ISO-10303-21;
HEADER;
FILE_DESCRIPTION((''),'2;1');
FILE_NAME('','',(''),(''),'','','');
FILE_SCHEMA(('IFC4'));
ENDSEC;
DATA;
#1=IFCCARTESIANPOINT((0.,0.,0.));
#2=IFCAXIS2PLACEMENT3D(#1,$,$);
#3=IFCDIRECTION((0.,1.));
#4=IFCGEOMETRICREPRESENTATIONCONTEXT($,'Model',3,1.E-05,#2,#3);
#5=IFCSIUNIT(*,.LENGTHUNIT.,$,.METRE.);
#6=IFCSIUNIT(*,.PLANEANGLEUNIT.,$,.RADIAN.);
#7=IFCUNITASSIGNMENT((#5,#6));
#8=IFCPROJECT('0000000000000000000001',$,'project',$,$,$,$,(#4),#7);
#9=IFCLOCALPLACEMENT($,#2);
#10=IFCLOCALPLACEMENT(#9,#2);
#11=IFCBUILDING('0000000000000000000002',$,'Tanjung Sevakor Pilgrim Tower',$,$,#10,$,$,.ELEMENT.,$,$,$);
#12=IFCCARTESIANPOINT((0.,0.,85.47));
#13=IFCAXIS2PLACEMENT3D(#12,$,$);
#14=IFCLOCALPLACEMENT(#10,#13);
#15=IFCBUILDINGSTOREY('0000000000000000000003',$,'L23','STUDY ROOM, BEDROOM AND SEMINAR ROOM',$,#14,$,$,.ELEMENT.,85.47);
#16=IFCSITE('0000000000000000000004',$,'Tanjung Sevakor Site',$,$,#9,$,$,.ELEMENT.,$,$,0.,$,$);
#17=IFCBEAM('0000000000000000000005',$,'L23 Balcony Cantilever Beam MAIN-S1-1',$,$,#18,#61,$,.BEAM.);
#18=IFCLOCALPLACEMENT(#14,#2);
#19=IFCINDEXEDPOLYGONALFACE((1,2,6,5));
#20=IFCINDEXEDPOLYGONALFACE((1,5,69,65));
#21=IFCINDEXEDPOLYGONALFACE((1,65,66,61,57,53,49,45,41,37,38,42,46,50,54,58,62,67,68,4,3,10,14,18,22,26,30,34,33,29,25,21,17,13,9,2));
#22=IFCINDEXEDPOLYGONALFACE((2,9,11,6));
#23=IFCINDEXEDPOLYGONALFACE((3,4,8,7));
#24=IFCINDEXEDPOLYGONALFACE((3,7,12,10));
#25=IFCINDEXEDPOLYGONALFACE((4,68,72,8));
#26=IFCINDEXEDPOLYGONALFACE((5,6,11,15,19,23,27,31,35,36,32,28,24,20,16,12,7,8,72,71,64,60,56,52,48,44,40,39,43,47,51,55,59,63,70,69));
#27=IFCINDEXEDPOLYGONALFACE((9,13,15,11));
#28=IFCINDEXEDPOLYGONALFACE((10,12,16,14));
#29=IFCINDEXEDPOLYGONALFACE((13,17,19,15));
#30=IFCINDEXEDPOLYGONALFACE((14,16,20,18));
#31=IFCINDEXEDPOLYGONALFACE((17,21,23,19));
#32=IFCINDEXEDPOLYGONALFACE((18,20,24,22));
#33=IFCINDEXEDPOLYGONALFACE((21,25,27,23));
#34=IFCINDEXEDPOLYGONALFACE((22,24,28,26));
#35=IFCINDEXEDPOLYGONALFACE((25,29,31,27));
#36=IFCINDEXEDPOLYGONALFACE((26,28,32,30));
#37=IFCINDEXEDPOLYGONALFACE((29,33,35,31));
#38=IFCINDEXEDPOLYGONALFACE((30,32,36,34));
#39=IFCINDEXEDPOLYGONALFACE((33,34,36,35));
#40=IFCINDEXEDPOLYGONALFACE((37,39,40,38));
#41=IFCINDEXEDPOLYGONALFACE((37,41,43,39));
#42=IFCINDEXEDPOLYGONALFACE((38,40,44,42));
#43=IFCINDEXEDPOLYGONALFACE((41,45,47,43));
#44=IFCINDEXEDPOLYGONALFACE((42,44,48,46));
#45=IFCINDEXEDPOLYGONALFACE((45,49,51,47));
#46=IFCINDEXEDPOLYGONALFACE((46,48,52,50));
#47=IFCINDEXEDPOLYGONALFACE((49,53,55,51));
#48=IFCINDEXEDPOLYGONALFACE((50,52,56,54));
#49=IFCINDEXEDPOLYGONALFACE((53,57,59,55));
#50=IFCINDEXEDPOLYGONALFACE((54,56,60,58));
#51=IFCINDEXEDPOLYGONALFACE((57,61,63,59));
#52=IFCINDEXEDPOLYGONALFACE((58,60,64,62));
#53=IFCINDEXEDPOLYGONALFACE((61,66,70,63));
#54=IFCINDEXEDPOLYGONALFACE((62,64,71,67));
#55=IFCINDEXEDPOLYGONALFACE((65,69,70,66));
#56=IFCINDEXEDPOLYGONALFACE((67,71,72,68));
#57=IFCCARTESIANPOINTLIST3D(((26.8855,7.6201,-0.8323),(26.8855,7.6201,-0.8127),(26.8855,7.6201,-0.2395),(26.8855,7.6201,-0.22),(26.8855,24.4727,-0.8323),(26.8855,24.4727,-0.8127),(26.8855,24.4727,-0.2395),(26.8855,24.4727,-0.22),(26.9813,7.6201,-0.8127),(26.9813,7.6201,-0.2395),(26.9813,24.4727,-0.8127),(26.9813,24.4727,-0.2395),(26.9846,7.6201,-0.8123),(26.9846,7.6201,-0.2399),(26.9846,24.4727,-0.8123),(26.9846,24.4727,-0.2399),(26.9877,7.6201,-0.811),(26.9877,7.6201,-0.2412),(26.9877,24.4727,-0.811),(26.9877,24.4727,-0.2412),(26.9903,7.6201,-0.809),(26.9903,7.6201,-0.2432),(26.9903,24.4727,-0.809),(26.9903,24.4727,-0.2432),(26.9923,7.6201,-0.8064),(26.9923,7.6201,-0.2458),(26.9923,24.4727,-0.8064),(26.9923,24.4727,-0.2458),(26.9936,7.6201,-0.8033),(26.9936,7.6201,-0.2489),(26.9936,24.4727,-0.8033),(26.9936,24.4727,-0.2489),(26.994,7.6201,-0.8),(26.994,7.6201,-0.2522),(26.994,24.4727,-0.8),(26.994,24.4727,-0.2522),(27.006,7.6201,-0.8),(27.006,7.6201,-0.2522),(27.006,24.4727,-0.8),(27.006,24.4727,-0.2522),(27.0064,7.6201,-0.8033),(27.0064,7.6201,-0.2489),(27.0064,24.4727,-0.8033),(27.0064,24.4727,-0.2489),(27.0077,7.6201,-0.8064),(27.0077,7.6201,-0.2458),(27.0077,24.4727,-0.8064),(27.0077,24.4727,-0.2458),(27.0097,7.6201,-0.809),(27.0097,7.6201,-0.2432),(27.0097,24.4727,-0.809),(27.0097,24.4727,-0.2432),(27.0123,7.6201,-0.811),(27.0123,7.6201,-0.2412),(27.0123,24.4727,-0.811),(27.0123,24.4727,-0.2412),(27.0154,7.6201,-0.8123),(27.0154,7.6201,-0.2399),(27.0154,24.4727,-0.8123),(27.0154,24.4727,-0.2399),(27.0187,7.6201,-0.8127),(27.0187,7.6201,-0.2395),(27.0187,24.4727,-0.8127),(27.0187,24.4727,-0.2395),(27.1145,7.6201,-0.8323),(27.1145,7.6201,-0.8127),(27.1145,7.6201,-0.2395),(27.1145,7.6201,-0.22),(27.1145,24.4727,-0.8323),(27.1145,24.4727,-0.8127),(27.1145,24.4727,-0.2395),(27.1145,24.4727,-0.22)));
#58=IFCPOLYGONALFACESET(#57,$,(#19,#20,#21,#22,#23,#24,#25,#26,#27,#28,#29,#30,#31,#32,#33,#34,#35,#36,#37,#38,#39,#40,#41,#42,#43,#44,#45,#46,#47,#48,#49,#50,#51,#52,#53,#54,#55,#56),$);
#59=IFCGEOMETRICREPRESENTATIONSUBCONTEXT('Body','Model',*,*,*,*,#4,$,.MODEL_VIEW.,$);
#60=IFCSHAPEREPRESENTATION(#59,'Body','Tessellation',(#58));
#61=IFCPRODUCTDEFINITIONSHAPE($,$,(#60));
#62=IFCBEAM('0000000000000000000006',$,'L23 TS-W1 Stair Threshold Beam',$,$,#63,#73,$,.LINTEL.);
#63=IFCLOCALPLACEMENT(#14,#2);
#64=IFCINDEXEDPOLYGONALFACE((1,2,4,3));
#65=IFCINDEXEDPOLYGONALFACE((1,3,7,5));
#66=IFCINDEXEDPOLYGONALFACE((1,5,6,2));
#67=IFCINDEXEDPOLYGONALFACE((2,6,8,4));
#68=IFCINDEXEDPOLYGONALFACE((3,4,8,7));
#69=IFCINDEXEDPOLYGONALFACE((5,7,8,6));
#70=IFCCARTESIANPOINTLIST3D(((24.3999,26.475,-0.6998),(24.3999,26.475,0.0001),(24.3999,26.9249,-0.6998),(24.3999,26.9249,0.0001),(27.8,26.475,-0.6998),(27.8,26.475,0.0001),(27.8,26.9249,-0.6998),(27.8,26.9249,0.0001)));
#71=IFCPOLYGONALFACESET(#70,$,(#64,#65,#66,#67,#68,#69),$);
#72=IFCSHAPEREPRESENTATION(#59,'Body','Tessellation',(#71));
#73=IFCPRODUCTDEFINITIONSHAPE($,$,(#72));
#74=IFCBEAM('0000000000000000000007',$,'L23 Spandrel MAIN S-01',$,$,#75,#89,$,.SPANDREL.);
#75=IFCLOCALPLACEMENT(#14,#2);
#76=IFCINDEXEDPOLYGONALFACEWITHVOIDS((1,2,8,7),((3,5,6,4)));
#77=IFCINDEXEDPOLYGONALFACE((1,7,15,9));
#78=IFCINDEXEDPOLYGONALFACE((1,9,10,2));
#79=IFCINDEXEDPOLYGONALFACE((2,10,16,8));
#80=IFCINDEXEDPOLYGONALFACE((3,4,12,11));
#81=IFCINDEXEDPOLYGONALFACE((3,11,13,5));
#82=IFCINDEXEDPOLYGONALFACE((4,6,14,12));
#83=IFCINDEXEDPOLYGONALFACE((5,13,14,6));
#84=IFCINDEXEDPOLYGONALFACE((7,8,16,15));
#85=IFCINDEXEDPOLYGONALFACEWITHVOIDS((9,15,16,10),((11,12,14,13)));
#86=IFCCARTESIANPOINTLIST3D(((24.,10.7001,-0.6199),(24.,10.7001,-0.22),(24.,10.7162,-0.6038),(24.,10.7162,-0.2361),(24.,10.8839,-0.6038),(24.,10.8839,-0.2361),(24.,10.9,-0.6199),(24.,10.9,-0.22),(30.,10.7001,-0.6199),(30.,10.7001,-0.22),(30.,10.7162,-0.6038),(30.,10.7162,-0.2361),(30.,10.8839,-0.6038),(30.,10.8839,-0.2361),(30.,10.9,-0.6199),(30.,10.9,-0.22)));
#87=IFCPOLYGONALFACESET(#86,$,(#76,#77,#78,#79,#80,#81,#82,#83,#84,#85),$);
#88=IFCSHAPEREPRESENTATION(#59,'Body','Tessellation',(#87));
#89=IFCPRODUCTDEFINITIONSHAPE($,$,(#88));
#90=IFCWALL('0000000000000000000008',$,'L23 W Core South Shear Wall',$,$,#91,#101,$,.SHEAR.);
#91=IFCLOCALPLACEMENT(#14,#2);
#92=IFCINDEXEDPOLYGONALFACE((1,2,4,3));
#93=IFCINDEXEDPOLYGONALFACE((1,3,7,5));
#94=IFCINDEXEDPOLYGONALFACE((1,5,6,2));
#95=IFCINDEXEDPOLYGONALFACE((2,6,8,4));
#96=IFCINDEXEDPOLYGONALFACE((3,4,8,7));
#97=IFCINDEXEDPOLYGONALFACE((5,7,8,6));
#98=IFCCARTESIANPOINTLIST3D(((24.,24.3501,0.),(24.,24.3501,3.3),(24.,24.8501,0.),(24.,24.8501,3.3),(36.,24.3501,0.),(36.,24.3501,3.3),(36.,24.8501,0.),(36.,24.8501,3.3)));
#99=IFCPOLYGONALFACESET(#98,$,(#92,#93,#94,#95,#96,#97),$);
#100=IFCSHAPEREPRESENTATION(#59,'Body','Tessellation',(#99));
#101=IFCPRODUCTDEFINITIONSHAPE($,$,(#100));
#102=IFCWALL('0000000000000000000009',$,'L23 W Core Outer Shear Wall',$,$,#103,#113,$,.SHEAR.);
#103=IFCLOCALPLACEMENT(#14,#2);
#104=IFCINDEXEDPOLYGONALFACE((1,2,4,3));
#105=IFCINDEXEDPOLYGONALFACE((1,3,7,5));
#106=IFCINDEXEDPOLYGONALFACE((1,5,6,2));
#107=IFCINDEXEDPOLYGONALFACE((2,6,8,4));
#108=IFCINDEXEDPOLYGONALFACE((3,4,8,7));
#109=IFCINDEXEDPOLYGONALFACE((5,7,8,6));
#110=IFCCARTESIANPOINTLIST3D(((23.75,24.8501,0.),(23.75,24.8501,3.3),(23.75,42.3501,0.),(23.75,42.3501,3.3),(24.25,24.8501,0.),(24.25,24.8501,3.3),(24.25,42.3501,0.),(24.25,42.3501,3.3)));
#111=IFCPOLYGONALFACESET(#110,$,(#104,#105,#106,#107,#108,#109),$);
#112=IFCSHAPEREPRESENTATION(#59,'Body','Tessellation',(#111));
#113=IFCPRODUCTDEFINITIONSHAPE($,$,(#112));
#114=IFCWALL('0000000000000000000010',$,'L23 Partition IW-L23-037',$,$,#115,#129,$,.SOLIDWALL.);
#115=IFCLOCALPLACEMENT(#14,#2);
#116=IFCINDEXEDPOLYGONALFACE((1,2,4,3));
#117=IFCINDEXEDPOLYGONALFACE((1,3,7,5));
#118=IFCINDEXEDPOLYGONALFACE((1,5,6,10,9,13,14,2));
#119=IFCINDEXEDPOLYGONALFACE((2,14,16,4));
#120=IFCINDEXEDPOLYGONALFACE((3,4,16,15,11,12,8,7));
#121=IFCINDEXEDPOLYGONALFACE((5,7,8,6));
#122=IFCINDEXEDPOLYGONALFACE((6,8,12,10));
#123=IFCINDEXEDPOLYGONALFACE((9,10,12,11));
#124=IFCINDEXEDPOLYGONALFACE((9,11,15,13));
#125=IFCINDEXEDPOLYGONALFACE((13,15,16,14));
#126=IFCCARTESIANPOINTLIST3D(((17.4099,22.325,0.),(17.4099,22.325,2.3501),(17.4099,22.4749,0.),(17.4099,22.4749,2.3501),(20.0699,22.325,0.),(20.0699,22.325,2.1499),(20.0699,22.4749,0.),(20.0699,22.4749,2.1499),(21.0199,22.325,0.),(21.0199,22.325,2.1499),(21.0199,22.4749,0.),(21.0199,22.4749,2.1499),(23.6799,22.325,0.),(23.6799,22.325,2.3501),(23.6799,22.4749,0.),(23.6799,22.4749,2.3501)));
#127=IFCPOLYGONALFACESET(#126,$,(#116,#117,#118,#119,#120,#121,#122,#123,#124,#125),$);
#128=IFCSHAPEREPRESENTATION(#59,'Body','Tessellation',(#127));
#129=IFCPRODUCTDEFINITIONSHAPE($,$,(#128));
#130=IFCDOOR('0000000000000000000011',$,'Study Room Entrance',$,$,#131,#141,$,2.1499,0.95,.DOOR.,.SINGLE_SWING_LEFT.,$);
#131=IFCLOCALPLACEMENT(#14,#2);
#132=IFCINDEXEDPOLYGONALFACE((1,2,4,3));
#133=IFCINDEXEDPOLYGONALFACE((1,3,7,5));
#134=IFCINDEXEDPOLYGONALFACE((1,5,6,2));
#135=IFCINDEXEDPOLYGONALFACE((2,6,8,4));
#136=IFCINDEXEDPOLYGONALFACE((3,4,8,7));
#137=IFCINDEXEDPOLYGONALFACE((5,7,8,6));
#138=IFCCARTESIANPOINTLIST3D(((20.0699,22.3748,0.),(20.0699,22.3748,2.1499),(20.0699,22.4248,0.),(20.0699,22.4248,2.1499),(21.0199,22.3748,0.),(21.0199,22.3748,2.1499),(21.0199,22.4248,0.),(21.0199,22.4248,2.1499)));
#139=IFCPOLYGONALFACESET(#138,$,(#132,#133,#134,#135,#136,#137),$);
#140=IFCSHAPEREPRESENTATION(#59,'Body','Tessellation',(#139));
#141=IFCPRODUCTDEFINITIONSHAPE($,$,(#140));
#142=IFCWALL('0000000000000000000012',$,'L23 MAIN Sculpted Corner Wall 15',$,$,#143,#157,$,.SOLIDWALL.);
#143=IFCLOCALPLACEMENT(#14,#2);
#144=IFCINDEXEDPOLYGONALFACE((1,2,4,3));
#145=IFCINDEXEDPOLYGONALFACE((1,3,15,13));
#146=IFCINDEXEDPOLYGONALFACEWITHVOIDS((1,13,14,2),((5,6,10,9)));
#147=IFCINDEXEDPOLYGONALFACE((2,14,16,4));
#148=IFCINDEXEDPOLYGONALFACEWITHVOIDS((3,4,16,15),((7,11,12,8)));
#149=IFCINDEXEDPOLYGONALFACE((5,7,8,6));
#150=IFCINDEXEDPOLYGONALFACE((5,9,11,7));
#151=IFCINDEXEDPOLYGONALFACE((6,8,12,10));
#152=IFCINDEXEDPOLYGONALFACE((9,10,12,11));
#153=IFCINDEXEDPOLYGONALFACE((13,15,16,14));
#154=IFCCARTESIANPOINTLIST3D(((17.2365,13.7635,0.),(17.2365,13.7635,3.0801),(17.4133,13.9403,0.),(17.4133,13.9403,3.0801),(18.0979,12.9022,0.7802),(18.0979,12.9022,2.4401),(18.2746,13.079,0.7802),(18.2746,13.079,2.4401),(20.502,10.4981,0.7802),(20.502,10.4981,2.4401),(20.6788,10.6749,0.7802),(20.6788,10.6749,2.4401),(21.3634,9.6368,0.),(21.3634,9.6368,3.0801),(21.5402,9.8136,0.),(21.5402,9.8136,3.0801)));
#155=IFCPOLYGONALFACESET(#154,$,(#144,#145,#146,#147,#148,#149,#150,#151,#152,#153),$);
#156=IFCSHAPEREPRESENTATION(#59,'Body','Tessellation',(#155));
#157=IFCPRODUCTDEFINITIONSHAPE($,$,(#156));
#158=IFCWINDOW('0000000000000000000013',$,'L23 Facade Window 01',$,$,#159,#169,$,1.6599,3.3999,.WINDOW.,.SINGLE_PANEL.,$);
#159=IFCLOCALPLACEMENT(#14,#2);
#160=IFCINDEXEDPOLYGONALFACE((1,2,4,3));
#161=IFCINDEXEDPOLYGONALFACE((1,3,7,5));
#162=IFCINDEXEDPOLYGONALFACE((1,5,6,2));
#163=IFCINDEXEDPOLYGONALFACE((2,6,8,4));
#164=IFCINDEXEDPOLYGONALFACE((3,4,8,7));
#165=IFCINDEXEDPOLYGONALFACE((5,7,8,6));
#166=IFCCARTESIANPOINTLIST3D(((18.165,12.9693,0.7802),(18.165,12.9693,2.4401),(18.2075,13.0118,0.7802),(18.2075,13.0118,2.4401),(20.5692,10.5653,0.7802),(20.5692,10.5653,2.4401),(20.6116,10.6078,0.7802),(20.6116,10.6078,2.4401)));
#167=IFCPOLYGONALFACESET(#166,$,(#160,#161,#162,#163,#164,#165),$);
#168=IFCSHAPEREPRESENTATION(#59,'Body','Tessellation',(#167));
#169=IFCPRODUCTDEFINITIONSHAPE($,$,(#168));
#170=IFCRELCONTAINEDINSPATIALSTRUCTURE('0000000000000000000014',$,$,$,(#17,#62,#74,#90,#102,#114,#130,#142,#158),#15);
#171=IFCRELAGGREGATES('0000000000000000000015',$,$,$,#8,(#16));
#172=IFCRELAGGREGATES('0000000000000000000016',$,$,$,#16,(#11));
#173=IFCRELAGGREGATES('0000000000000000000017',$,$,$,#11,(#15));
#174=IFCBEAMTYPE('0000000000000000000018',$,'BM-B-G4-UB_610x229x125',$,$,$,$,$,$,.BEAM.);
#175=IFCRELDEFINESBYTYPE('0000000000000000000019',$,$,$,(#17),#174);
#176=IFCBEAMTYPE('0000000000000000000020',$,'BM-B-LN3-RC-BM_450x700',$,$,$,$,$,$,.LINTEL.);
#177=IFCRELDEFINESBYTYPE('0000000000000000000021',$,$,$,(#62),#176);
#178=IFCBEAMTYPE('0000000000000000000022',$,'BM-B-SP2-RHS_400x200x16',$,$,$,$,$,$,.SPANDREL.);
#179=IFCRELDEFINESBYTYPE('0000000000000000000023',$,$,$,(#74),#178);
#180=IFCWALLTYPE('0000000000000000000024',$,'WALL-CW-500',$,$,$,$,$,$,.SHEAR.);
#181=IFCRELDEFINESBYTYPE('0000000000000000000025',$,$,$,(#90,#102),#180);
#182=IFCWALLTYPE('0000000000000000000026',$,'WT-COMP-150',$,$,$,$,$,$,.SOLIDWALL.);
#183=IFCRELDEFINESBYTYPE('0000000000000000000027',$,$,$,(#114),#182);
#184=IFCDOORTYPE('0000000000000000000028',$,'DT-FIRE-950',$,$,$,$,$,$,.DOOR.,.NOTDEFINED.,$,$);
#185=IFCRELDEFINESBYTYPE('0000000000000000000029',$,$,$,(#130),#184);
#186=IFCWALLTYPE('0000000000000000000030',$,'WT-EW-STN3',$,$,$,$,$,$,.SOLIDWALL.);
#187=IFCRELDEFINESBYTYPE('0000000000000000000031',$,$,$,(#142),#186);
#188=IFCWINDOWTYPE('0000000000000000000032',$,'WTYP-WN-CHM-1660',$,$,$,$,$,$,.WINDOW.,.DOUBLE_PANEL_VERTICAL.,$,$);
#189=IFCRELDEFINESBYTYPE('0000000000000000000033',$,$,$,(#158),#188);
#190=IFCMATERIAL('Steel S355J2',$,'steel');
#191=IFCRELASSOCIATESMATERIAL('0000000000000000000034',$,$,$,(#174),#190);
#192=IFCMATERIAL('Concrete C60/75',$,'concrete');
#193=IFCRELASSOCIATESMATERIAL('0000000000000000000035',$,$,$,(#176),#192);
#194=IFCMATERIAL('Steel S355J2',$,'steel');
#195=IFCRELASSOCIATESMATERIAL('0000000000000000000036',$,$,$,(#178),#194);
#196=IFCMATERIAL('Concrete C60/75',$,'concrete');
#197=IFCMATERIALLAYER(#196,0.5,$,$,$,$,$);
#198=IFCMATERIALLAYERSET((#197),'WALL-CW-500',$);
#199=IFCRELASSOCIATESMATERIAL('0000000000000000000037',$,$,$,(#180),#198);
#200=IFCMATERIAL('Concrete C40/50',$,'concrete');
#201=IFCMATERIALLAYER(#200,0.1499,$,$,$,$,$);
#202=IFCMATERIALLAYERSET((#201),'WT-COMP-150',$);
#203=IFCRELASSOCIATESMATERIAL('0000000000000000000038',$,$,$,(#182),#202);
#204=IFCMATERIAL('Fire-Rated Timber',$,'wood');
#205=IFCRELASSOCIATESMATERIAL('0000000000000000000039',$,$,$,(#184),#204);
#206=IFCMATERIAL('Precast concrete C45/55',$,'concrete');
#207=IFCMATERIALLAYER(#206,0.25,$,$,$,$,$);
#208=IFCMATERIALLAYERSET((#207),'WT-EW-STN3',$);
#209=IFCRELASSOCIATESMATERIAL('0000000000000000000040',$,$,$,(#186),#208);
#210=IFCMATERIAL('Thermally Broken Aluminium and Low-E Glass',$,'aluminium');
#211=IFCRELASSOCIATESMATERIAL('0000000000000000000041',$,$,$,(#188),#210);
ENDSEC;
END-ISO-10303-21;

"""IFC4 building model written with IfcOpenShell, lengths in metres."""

from ifc_helpers import new_model, si_unit, direction, frame, frame_2d, origin, origin_2d, place, context, subcontext, project, spatial, rectangle, hollow_rectangle, i_section, extrude, material, layer, layer_set, material_profile, profile_set, type_object, element, fill, save


model = new_model("IFC4")

# Units and contexts
model_context = context("Model", 3, precision=1e-05, world=origin(), true_north=direction((0.0, 1.0)))
body_context = subcontext(model_context, "Body", "Model", "MODEL_VIEW")
ifc_project = project(units=[si_unit("LENGTHUNIT", "METRE"), si_unit("PLANEANGLEUNIT", "RADIAN")], contexts=[model_context])

# Site, building, storey
site_placement = place(None, origin())
site = spatial("IfcSite", under=ifc_project, at=site_placement, Name="Tanjung Sevakor Site", CompositionType="ELEMENT", RefElevation=0.0)
building_placement = place(site_placement, origin())
building = spatial("IfcBuilding", under=site, at=building_placement, Name="Tanjung Sevakor Pilgrim Tower", CompositionType="ELEMENT")
storey_placement = place(building_placement, frame((0.0, 0.0, 85.47)))
storey = spatial("IfcBuildingStorey", under=building, at=storey_placement, Name="L23", Description="STUDY ROOM, BEDROOM AND SEMINAR ROOM", CompositionType="ELEMENT", Elevation=85.47)

# Beams
ifc_material_1 = material(Name="Steel S355J2", Category="steel")
ifc_material_profile_1 = material_profile(ifc_material_1, i_section(OverallWidth=0.229, OverallDepth=0.6123, WebThickness=0.012, FlangeThickness=0.0195, FilletRadius=0.0127, at=origin_2d()))
ifc_profile_set_1 = profile_set([ifc_material_profile_1], Name="Steel S355J2")
beam_type_1 = type_object("IfcBeamType", Name="BM-B-G4-UB_610x229x125", PredefinedType="BEAM", material=ifc_profile_set_1)
beam_1_placement = place(storey_placement, frame((27.0, 24.4727, -0.5261), z_axis=(0.0, -1.0, 0.0), x_axis=(1.0, 0.0, 0.0)))
element("IfcBeam", 1, at=beam_1_placement, inside=storey, type_object=beam_type_1, Name="L23 Balcony Cantilever Beam MAIN-S1-1", PredefinedType="BEAM", context=body_context, shape_type="SweptSolid", body=[
    extrude(i_section(OverallWidth=0.229, OverallDepth=0.6123, WebThickness=0.012, FlangeThickness=0.0195, FilletRadius=0.0127, at=origin_2d()), origin(), (0.0, 0.0, 1.0), 16.8525),
])
ifc_material_2 = material(Name="Concrete C60/75", Category="concrete")
ifc_material_profile_2 = material_profile(ifc_material_2, rectangle(XDim=0.45, YDim=0.7, at=origin_2d()))
ifc_profile_set_2 = profile_set([ifc_material_profile_2], Name="Concrete C60/75")
beam_type_2 = type_object("IfcBeamType", Name="BM-B-LN3-RC-BM_450x700", PredefinedType="LINTEL", material=ifc_profile_set_2)
beam_2_placement = place(storey_placement, frame((24.3999, 26.7, -0.3499), z_axis=(1.0, 0.0, 0.0), x_axis=(0.0, 1.0, 0.0)))
element("IfcBeam", 2, at=beam_2_placement, inside=storey, type_object=beam_type_2, Name="L23 TS-W1 Stair Threshold Beam", PredefinedType="LINTEL", context=body_context, shape_type="SweptSolid", body=[
    extrude(rectangle(XDim=0.45, YDim=0.7, at=origin_2d()), origin(), (0.0, 0.0, 1.0), 3.4001),
])
ifc_material_3 = material(Name="Steel S355J2", Category="steel")
ifc_material_profile_3 = material_profile(ifc_material_3, hollow_rectangle(XDim=0.2, YDim=0.3999, WallThickness=0.0161, at=origin_2d()))
ifc_profile_set_3 = profile_set([ifc_material_profile_3], Name="Steel S355J2")
beam_type_3 = type_object("IfcBeamType", Name="BM-B-SP2-RHS_400x200x16", PredefinedType="SPANDREL", material=ifc_profile_set_3)
beam_3_placement = place(storey_placement, frame((24.0, 10.8, -0.4199), z_axis=(1.0, 0.0, 0.0), x_axis=(0.0, 1.0, 0.0)))
element("IfcBeam", 3, at=beam_3_placement, inside=storey, type_object=beam_type_3, Name="L23 Spandrel MAIN S-01", PredefinedType="SPANDREL", context=body_context, shape_type="SweptSolid", body=[
    extrude(hollow_rectangle(XDim=0.2, YDim=0.3999, WallThickness=0.0161, at=origin_2d()), origin(), (0.0, 0.0, 1.0), 6.0),
])

# Walls
ifc_material_4 = material(Name="Concrete C60/75", Category="concrete")
ifc_layer_1 = layer(ifc_material_4, 0.5)
ifc_layer_set_1 = layer_set([ifc_layer_1], Name="WALL-CW-500")
wall_type_1 = type_object("IfcWallType", Name="WALL-CW-500", PredefinedType="SHEAR", material=ifc_layer_set_1)
wall_1_placement = place(storey_placement, frame((24.0, 24.6001, 0.0), z_axis=(0.0, 0.0, 1.0), x_axis=(1.0, 0.0, 0.0)))
element("IfcWall", 4, at=wall_1_placement, inside=storey, type_object=wall_type_1, Name="L23 W Core South Shear Wall", PredefinedType="SHEAR", context=body_context, shape_type="SweptSolid", body=[
    extrude(rectangle(XDim=12.0, YDim=0.5, at=frame_2d((6.0, 0.0))), origin(), (0.0, 0.0, 1.0), 3.3),
])
wall_2_placement = place(storey_placement, frame((24.0, 24.8501, 0.0), z_axis=(0.0, 0.0, 1.0), x_axis=(0.0, 1.0, 0.0)))
element("IfcWall", 5, at=wall_2_placement, inside=storey, type_object=wall_type_1, Name="L23 W Core Outer Shear Wall", PredefinedType="SHEAR", context=body_context, shape_type="SweptSolid", body=[
    extrude(rectangle(XDim=17.5, YDim=0.5, at=frame_2d((8.75, 0.0))), origin(), (0.0, 0.0, 1.0), 3.3),
])

# Wall, opening, door
ifc_material_5 = material(Name="Concrete C40/50", Category="concrete")
ifc_layer_2 = layer(ifc_material_5, 0.1499)
ifc_layer_set_2 = layer_set([ifc_layer_2], Name="WT-COMP-150")
wall_type_2 = type_object("IfcWallType", Name="WT-COMP-150", PredefinedType="SOLIDWALL", material=ifc_layer_set_2)
wall_3_placement = place(storey_placement, frame((17.4099, 22.3999, 0.0), z_axis=(0.0, 0.0, 1.0), x_axis=(1.0, 0.0, 0.0)))
wall_3 = element("IfcWall", 6, at=wall_3_placement, inside=storey, type_object=wall_type_2, Name="L23 Partition IW-L23-037", PredefinedType="SOLIDWALL", context=body_context, shape_type="SweptSolid", body=[
    extrude(rectangle(XDim=6.27, YDim=0.1499, at=frame_2d((3.135, 0.0))), origin(), (0.0, 0.0, 1.0), 2.3501),
])
opening_1_placement = place(wall_3_placement, frame((2.6599, 0.0, 0.0)))
opening_1 = element("IfcOpeningElement", 7, at=opening_1_placement, cuts=wall_3, PredefinedType="OPENING", context=body_context, shape_type="SweptSolid", body=[
    extrude(rectangle(XDim=0.95, YDim=2.1499, at=frame_2d((0.4751, 1.075))), frame((0.0, 0.085, 0.0), z_axis=(0.0, -1.0, 0.0), x_axis=(1.0, 0.0, 0.0)), (0.0, 0.0, 1.0), 0.1699),
])
ifc_material_6 = material(Name="Fire-Rated Timber", Category="wood")
door_type_1 = type_object("IfcDoorType", Name="DT-FIRE-950", OperationType="NOTDEFINED", PredefinedType="DOOR", material=ifc_material_6)
door_1_placement = place(opening_1_placement, origin())
door_1 = element("IfcDoor", 8, at=door_1_placement, inside=storey, type_object=door_type_1, Name="Study Room Entrance", OperationType="SINGLE_SWING_LEFT", OverallHeight=2.1499, OverallWidth=0.95, PredefinedType="DOOR", context=body_context, shape_type="SweptSolid", body=[
    extrude(rectangle(XDim=0.95, YDim=2.1499, at=frame_2d((0.4751, 1.075))), frame((0.0, 0.0249, 0.0), z_axis=(0.0, -1.0, 0.0), x_axis=(1.0, 0.0, 0.0)), (0.0, 0.0, 1.0), 0.05),
])
fill(opening_1, door_1)

# Wall, opening, window
ifc_material_7 = material(Name="Precast concrete C45/55", Category="concrete")
ifc_layer_3 = layer(ifc_material_7, 0.25)
ifc_layer_set_3 = layer_set([ifc_layer_3], Name="WT-EW-STN3")
wall_type_3 = type_object("IfcWallType", Name="WT-EW-STN3", PredefinedType="SOLIDWALL", material=ifc_layer_set_3)
wall_4_placement = place(storey_placement, frame((17.325, 13.8518, 0.0), z_axis=(0.0, 0.0, 1.0), x_axis=(0.707128, -0.707086, 0.0)))
wall_4 = element("IfcWall", 9, at=wall_4_placement, inside=storey, type_object=wall_type_3, Name="L23 MAIN Sculpted Corner Wall 15", PredefinedType="SOLIDWALL", context=body_context, shape_type="SweptSolid", body=[
    extrude(rectangle(XDim=5.8362, YDim=0.25, at=frame_2d((2.918, 0.0))), origin(), (0.0, 0.0, 1.0), 3.0801),
])
opening_2_placement = place(wall_4_placement, frame((1.218, 0.0, 0.78)))
opening_2 = element("IfcOpeningElement", 10, at=opening_2_placement, cuts=wall_4, PredefinedType="OPENING", context=body_context, shape_type="SweptSolid", body=[
    extrude(rectangle(XDim=3.3999, YDim=1.6599, at=frame_2d((1.7, 0.8301))), frame((0.0, 0.135, 0.0), z_axis=(0.0, -1.0, 0.0), x_axis=(1.0, 0.0, 0.0)), (0.0, 0.0, 1.0), 0.27),
])
ifc_material_8 = material(Name="Thermally Broken Aluminium and Low-E Glass", Category="aluminium")
window_type = type_object("IfcWindowType", Name="WTYP-WN-CHM-1660", PartitioningType="DOUBLE_PANEL_VERTICAL", PredefinedType="WINDOW", material=ifc_material_8)
window_placement = place(opening_2_placement, origin())
window = element("IfcWindow", 11, at=window_placement, inside=storey, type_object=window_type, Name="L23 Facade Window 01", OverallHeight=1.6599, OverallWidth=3.3999, PartitioningType="SINGLE_PANEL", PredefinedType="WINDOW", context=body_context, shape_type="SweptSolid", body=[
    extrude(rectangle(XDim=3.3999, YDim=1.6599, at=frame_2d((1.7, 0.8301))), frame((0.0, 0.03, 0.0), z_axis=(0.0, -1.0, 0.0), x_axis=(1.0, 0.0, 0.0)), (0.0, 0.0, 1.0), 0.0601),
])
fill(opening_2, window)

save(model, "model.ifc")
